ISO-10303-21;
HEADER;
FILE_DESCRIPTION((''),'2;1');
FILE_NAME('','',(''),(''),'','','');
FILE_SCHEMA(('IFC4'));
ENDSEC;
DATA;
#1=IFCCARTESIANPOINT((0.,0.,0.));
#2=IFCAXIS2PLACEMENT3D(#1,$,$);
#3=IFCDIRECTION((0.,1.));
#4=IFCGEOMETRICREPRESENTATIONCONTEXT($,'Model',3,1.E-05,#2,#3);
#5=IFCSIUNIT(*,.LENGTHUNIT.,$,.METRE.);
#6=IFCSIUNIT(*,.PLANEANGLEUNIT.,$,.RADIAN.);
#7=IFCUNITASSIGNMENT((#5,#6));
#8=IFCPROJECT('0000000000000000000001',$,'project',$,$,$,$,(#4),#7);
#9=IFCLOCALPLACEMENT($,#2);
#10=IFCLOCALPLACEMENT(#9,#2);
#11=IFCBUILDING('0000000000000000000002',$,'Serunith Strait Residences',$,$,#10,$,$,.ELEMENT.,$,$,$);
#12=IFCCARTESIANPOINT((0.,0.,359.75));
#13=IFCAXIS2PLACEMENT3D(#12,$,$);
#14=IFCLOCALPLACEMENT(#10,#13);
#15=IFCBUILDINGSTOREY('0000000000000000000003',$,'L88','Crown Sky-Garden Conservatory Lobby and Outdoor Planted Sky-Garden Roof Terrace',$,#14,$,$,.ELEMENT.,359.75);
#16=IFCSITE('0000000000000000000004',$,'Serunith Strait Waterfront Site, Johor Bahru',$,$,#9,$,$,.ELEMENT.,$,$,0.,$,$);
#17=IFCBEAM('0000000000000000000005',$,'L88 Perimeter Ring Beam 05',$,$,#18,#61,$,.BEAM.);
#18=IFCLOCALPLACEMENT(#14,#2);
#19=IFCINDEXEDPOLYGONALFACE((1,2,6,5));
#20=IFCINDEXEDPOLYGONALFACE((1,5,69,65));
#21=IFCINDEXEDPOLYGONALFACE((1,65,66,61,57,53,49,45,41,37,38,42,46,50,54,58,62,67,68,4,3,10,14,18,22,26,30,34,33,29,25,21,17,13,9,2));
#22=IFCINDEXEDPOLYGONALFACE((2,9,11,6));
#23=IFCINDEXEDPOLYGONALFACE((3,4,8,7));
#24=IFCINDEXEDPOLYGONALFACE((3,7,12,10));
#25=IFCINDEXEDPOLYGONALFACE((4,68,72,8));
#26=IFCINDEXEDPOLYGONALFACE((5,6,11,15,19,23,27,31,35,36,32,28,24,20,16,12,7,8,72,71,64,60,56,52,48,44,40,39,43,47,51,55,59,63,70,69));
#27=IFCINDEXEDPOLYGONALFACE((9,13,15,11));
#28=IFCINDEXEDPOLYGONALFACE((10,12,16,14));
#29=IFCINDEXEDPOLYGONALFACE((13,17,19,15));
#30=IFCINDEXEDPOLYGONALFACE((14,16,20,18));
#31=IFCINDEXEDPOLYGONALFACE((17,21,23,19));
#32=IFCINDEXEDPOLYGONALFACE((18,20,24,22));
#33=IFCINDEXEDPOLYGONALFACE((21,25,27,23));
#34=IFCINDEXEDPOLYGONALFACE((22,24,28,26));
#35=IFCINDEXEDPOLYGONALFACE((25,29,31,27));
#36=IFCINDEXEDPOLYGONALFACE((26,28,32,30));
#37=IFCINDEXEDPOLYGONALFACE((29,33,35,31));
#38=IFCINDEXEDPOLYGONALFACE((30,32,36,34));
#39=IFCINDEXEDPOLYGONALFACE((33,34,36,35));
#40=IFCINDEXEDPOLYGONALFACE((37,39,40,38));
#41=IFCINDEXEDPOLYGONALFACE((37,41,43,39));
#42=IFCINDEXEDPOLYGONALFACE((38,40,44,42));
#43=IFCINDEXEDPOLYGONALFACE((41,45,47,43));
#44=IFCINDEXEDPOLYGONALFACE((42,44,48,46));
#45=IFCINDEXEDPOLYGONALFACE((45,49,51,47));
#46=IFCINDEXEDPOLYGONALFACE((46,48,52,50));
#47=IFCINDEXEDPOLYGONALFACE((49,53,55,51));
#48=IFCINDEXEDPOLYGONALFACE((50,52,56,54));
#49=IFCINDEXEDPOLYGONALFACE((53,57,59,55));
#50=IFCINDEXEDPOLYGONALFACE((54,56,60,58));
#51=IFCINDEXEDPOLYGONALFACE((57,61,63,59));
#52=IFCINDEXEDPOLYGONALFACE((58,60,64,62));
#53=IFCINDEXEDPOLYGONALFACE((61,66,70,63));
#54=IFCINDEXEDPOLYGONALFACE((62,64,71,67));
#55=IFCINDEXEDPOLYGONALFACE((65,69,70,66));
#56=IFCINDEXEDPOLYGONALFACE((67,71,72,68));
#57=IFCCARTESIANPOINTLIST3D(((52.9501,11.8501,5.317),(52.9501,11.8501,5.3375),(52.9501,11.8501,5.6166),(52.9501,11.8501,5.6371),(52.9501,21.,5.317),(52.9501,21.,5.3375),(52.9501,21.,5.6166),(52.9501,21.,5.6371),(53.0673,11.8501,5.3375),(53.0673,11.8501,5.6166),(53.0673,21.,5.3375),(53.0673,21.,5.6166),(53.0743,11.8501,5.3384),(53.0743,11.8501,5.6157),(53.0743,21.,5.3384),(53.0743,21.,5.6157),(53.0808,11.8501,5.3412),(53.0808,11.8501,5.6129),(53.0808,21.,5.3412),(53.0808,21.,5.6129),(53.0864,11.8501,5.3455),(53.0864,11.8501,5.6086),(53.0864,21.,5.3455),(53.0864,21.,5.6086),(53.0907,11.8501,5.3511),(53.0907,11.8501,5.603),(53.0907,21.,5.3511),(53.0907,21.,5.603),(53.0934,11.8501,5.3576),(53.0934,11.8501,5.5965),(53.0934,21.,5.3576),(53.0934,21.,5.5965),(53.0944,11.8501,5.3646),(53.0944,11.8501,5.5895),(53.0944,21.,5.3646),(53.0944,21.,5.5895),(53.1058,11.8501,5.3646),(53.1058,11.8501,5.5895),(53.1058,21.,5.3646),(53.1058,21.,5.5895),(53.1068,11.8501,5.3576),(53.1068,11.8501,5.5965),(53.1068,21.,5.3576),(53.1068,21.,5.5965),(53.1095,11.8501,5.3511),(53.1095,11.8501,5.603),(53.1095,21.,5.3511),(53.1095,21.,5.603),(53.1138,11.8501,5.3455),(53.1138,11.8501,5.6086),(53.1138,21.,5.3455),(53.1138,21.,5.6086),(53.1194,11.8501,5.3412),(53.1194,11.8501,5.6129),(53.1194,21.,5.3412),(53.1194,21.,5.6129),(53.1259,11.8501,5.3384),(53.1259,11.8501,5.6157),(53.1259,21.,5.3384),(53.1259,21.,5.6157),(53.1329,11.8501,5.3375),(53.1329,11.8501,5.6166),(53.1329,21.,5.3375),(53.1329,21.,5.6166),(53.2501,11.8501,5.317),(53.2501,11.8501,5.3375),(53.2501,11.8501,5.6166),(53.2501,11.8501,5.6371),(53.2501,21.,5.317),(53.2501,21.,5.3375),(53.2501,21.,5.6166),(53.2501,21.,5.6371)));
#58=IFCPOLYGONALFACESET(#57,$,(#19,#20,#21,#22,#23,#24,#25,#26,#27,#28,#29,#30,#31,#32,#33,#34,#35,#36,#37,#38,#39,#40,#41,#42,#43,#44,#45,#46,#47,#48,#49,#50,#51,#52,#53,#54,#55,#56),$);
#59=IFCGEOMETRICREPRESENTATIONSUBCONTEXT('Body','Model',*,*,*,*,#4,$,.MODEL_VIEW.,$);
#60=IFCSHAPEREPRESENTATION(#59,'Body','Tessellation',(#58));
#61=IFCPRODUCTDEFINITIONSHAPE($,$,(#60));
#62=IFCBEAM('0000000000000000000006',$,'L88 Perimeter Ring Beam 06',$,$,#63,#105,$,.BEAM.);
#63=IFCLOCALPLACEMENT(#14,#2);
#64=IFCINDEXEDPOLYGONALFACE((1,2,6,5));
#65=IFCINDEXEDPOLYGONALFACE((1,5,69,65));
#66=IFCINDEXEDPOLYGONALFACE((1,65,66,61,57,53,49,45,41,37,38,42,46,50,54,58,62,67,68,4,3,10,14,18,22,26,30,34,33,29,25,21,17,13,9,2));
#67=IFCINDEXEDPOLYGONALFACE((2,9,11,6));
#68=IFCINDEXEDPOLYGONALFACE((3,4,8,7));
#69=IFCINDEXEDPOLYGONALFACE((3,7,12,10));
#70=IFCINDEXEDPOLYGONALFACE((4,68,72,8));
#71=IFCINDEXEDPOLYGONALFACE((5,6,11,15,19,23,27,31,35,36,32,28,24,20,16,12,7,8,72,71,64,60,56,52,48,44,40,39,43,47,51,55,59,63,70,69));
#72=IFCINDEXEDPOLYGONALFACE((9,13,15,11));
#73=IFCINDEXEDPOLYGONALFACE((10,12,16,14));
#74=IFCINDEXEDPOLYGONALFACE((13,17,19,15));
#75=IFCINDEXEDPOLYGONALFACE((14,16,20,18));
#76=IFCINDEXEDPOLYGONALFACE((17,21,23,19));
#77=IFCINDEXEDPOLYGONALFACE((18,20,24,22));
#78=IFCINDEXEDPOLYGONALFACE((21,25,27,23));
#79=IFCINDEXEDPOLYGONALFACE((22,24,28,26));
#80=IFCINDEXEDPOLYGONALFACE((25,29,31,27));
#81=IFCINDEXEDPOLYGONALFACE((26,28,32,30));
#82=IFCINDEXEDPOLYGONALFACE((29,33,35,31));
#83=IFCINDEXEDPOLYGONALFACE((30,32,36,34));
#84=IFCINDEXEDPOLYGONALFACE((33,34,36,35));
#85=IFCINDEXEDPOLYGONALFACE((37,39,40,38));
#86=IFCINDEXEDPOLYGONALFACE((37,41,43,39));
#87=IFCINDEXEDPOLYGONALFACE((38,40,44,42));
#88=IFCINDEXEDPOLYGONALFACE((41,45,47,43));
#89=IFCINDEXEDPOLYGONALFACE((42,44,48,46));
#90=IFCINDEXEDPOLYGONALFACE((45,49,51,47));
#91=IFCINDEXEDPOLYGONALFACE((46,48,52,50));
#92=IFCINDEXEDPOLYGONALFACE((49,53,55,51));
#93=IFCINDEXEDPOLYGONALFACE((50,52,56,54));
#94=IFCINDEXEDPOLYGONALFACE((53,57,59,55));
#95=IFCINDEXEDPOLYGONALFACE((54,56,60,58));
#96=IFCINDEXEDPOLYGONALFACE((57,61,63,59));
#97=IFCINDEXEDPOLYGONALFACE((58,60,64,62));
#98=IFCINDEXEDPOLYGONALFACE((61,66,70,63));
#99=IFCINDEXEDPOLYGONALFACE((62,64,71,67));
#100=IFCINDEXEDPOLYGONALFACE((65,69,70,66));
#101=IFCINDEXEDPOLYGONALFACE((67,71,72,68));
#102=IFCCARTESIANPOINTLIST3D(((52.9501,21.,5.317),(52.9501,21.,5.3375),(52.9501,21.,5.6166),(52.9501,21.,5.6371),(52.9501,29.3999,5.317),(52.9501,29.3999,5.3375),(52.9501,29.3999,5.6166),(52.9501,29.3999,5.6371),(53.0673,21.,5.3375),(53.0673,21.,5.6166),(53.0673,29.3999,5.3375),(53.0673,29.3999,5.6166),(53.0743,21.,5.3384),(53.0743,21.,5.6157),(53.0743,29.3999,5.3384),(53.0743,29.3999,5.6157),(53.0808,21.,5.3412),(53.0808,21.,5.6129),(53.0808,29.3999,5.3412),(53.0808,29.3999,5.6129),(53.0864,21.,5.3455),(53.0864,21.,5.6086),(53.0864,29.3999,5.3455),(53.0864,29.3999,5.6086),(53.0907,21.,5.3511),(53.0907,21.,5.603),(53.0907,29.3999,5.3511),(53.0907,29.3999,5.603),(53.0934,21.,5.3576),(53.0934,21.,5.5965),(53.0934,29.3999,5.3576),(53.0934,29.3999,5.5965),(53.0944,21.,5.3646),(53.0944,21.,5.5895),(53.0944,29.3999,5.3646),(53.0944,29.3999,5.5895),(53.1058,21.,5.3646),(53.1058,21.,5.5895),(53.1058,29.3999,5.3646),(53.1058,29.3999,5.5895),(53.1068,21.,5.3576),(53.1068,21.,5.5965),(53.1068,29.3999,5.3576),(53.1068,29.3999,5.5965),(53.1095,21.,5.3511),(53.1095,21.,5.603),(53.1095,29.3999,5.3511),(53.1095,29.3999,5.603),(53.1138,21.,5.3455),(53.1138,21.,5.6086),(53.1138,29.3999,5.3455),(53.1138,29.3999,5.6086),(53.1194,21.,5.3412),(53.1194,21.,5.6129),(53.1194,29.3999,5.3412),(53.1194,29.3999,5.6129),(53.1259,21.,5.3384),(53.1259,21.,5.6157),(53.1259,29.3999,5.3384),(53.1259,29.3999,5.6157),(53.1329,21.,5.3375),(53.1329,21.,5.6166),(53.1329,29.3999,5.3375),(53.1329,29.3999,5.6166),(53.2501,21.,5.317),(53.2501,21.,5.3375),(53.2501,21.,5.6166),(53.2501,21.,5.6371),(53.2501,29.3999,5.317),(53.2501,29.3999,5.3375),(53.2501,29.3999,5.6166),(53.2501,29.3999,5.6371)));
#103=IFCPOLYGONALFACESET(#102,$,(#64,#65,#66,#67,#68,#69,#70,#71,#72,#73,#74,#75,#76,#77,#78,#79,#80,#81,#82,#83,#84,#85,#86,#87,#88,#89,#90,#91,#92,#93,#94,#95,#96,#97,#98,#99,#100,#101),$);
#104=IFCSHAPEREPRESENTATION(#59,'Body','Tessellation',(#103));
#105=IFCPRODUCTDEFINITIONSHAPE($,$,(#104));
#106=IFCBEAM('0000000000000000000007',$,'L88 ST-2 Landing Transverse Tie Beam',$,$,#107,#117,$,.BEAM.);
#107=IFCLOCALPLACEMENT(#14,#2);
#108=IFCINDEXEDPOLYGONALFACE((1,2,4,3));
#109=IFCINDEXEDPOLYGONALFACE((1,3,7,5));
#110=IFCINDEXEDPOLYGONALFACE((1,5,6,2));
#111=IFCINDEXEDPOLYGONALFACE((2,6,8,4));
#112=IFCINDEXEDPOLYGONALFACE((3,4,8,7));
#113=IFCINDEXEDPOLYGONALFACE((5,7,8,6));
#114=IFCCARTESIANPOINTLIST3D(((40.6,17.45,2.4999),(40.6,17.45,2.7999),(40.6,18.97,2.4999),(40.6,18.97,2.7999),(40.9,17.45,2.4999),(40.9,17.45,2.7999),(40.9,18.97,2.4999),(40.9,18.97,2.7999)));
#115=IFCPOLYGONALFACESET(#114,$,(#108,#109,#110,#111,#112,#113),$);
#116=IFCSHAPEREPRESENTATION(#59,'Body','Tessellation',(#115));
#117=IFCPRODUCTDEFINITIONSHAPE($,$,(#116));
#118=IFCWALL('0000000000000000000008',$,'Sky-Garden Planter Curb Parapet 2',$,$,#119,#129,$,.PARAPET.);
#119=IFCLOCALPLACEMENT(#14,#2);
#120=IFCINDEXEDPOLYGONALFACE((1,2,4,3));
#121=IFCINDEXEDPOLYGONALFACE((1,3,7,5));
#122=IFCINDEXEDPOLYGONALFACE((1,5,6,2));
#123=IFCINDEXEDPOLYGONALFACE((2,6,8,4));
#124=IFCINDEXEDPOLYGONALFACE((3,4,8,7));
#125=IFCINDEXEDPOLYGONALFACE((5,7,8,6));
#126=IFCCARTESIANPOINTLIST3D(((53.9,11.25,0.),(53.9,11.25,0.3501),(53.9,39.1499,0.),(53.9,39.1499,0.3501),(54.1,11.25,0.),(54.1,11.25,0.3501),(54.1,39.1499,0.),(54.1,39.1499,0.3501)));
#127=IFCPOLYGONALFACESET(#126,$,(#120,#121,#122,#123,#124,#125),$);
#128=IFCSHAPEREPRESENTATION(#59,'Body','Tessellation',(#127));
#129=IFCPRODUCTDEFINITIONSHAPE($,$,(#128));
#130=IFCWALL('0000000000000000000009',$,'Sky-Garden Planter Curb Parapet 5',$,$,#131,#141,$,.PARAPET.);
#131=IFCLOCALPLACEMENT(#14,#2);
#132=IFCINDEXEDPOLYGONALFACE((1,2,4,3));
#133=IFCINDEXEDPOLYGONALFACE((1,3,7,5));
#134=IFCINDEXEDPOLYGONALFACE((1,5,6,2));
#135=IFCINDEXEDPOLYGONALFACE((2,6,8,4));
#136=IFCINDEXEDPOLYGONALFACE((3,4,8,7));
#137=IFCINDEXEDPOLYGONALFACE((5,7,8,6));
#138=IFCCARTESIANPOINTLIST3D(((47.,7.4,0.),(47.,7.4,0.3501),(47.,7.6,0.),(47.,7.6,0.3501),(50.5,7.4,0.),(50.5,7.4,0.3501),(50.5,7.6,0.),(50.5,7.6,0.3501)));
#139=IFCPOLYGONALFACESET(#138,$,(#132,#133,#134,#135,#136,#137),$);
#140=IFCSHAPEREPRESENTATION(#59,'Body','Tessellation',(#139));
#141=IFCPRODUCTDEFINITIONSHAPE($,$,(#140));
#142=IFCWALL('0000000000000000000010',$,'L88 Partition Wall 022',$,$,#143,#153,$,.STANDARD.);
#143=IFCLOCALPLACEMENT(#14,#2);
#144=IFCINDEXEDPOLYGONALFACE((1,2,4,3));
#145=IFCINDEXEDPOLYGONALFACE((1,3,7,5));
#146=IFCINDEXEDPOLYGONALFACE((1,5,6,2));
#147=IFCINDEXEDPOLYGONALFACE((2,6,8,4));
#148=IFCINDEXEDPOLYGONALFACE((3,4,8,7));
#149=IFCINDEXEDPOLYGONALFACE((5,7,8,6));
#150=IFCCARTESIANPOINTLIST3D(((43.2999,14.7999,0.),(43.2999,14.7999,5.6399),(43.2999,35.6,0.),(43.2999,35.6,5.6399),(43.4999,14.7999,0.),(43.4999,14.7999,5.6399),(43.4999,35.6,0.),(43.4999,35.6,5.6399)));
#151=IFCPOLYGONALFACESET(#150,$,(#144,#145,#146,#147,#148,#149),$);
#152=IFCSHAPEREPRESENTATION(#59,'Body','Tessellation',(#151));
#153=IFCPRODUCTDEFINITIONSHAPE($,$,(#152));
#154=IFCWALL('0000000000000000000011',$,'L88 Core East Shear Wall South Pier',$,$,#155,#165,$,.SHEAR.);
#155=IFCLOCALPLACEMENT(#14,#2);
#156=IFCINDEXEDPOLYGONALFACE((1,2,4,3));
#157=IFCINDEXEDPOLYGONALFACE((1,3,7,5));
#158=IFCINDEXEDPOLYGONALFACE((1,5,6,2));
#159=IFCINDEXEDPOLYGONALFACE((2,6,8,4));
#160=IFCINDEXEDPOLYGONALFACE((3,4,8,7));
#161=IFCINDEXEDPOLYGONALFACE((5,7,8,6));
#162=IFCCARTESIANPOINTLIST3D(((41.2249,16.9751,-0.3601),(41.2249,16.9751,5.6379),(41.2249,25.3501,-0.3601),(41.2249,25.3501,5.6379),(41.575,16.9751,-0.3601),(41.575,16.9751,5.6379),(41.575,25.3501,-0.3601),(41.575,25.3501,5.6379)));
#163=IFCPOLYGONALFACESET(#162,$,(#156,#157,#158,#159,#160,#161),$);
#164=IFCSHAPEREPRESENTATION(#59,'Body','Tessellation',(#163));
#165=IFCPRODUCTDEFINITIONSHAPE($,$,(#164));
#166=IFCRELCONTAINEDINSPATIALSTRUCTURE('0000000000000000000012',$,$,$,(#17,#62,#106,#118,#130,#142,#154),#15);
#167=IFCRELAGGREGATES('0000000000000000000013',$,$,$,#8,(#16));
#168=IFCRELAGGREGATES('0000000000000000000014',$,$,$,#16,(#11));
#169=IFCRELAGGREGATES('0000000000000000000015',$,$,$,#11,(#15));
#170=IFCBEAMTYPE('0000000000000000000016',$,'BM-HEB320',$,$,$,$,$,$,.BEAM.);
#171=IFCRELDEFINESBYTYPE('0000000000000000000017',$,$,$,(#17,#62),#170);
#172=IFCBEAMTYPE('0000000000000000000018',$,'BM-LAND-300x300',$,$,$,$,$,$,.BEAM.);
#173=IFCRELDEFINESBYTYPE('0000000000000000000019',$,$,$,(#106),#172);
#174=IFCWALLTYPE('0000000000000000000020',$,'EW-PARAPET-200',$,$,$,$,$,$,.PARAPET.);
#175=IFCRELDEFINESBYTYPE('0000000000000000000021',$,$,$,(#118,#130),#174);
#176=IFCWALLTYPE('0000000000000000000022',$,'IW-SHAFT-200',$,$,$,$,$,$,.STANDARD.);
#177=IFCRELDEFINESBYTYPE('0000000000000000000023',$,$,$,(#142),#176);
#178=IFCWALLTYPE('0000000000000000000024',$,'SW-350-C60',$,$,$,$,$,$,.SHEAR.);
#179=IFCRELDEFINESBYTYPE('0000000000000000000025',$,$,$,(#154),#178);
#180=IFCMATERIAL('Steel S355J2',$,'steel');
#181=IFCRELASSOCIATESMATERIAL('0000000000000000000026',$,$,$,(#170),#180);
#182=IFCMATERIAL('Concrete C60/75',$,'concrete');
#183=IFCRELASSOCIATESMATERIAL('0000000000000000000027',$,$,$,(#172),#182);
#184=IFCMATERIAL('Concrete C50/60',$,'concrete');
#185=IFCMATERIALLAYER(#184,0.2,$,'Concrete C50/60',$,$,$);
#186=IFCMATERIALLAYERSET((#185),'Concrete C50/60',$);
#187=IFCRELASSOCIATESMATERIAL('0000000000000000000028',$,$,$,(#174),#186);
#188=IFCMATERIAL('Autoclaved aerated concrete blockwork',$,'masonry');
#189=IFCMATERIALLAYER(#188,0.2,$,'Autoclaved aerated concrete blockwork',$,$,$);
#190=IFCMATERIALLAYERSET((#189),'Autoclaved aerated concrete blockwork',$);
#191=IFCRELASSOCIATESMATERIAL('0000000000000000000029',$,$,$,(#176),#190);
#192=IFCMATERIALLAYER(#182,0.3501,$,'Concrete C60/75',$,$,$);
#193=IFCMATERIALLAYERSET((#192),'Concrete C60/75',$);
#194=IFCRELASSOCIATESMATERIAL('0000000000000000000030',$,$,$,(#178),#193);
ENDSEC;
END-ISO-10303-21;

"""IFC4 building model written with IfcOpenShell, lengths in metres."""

from ifc_helpers import new_model, si_unit, direction, frame, frame_2d, origin, origin_2d, place, context, subcontext, project, spatial, rectangle, i_section, extrude, source, transform, mapped, material, layer, layer_set, material_profile, profile_set, type_object, element, save


model = new_model("IFC4")

# Units and contexts
model_context = context("Model", 3, precision=1e-05, world=origin(), true_north=direction((0.0, 1.0)))
body_context = subcontext(model_context, "Body", "Model", "MODEL_VIEW")
ifc_project = project(units=[si_unit("LENGTHUNIT", "METRE"), si_unit("PLANEANGLEUNIT", "RADIAN")], contexts=[model_context])

# Site, building, storey
site_placement = place(None, origin())
site = spatial("IfcSite", under=ifc_project, at=site_placement, Name="Serunith Strait Waterfront Site, Johor Bahru", CompositionType="ELEMENT", RefElevation=0.0)
building_placement = place(site_placement, origin())
building = spatial("IfcBuilding", under=site, at=building_placement, Name="Serunith Strait Residences", CompositionType="ELEMENT")
storey_placement = place(building_placement, frame((0.0, 0.0, 359.75)))
storey = spatial("IfcBuildingStorey", under=building, at=storey_placement, Name="L88", Description="Crown Sky-Garden Conservatory Lobby and Outdoor Planted Sky-Garden Roof Terrace", CompositionType="ELEMENT", Elevation=359.75)

# Shared definitions
ifc_material_1 = material(Name="Concrete C60/75", Category="concrete")

# Beams
ifc_material_2 = material(Name="Steel S355J2", Category="steel")
ifc_material_profile_1 = material_profile(ifc_material_2, i_section(OverallWidth=0.3, OverallDepth=0.3201, WebThickness=0.0115, FlangeThickness=0.0205, FilletRadius=0.0271, at=origin_2d()), Name="HEB 320")
ifc_profile_set_1 = profile_set([ifc_material_profile_1], Name="Steel S355J2")
beam_type_1 = type_object("IfcBeamType", Name="BM-HEB320", PredefinedType="BEAM", material=ifc_profile_set_1)
shared_shape_1 = source(origin(), body_context, "Body", "SweptSolid", [
    extrude(i_section(OverallWidth=0.3, OverallDepth=0.3201, WebThickness=0.0115, FlangeThickness=0.0205, FilletRadius=0.0271, at=origin_2d()), origin(), (0.0, 0.0, 1.0), 9.1499),
])
beam_1_placement = place(storey_placement, frame((53.1001, 11.8501, 5.4771), z_axis=(0.0, 1.0, 0.0), x_axis=(-1.0, 0.0, 0.0)))
element("IfcBeam", 1, at=beam_1_placement, inside=storey, type_object=beam_type_1, Name="L88 Perimeter Ring Beam 05", PredefinedType="BEAM", context=body_context, shape_type="MappedRepresentation", body=[
    mapped(shared_shape_1, transform((0.0, 0.0, 0.0), scale=1.0)),
])
shared_shape_2 = source(origin(), body_context, "Body", "SweptSolid", [
    extrude(i_section(OverallWidth=0.3, OverallDepth=0.3201, WebThickness=0.0115, FlangeThickness=0.0205, FilletRadius=0.0271, at=origin_2d()), origin(), (0.0, 0.0, 1.0), 8.3999),
])
beam_2_placement = place(storey_placement, frame((53.1001, 21.0, 5.4771), z_axis=(0.0, 1.0, 0.0), x_axis=(-1.0, 0.0, 0.0)))
element("IfcBeam", 2, at=beam_2_placement, inside=storey, type_object=beam_type_1, Name="L88 Perimeter Ring Beam 06", PredefinedType="BEAM", context=body_context, shape_type="MappedRepresentation", body=[
    mapped(shared_shape_2, transform((0.0, 0.0, 0.0), scale=1.0)),
])
ifc_material_profile_2 = material_profile(ifc_material_1, rectangle(XDim=0.3, YDim=0.3, at=origin_2d()), Name="RC 300x300")
ifc_profile_set_2 = profile_set([ifc_material_profile_2], Name="Concrete C60/75")
beam_type_2 = type_object("IfcBeamType", Name="BM-LAND-300x300", PredefinedType="BEAM", material=ifc_profile_set_2)
shared_shape_3 = source(origin(), body_context, "Body", "SweptSolid", [
    extrude(rectangle(XDim=0.3, YDim=0.3, at=origin_2d()), origin(), (0.0, 0.0, 1.0), 1.52),
])
beam_3_placement = place(storey_placement, frame((40.75, 17.45, 2.6499), z_axis=(0.0, 1.0, 0.0), x_axis=(-1.0, 0.0, 0.0)))
element("IfcBeam", 3, at=beam_3_placement, inside=storey, type_object=beam_type_2, Name="L88 ST-2 Landing Transverse Tie Beam", PredefinedType="BEAM", context=body_context, shape_type="MappedRepresentation", body=[
    mapped(shared_shape_3, transform((0.0, 0.0, 0.0), scale=1.0)),
])

# Walls
ifc_material_3 = material(Name="Concrete C50/60", Category="concrete")
ifc_layer_1 = layer(ifc_material_3, 0.2, Name="Concrete C50/60")
ifc_layer_set_1 = layer_set([ifc_layer_1], Name="Concrete C50/60")
wall_type_1 = type_object("IfcWallType", Name="EW-PARAPET-200", PredefinedType="PARAPET", material=ifc_layer_set_1)
wall_1_placement = place(storey_placement, frame((54.0, 11.25, 0.0), z_axis=(0.0, 0.0, 1.0), x_axis=(0.0, 1.0, 0.0)))
element("IfcWall", 4, at=wall_1_placement, inside=storey, type_object=wall_type_1, Name="Sky-Garden Planter Curb Parapet 2", PredefinedType="PARAPET", context=body_context, shape_type="SweptSolid", body=[
    extrude(rectangle(XDim=27.8999, YDim=0.2, at=frame_2d((13.95, 0.0))), origin(), (0.0, 0.0, 1.0), 0.3501),
])
wall_2_placement = place(storey_placement, frame((47.0, 7.5, 0.0), z_axis=(0.0, 0.0, 1.0), x_axis=(1.0, 0.0, 0.0)))
element("IfcWall", 5, at=wall_2_placement, inside=storey, type_object=wall_type_1, Name="Sky-Garden Planter Curb Parapet 5", PredefinedType="PARAPET", context=body_context, shape_type="SweptSolid", body=[
    extrude(rectangle(XDim=3.5, YDim=0.2, at=frame_2d((1.75, 0.0))), origin(), (0.0, 0.0, 1.0), 0.3501),
])
ifc_material_4 = material(Name="Autoclaved aerated concrete blockwork", Category="masonry")
ifc_layer_2 = layer(ifc_material_4, 0.2, Name="Autoclaved aerated concrete blockwork")
ifc_layer_set_2 = layer_set([ifc_layer_2], Name="Autoclaved aerated concrete blockwork")
wall_type_2 = type_object("IfcWallType", Name="IW-SHAFT-200", PredefinedType="STANDARD", material=ifc_layer_set_2)
wall_3_placement = place(storey_placement, frame((43.3999, 14.8, 0.0), z_axis=(0.0, 0.0, 1.0), x_axis=(0.0, 1.0, 0.0)))
element("IfcWall", 6, at=wall_3_placement, inside=storey, type_object=wall_type_2, Name="L88 Partition Wall 022", PredefinedType="STANDARD", context=body_context, shape_type="SweptSolid", body=[
    extrude(rectangle(XDim=20.8, YDim=0.2, at=frame_2d((10.3999, 0.0))), origin(), (0.0, 0.0, 1.0), 5.6399),
])
ifc_layer_3 = layer(ifc_material_1, 0.3501, Name="Concrete C60/75")
ifc_layer_set_3 = layer_set([ifc_layer_3], Name="Concrete C60/75")
wall_type_3 = type_object("IfcWallType", Name="SW-350-C60", PredefinedType="SHEAR", material=ifc_layer_set_3)
wall_4_placement = place(storey_placement, frame((41.3999, 16.9751, -0.3601), z_axis=(0.0, 0.0, 1.0), x_axis=(0.0, 1.0, 0.0)))
element("IfcWall", 7, at=wall_4_placement, inside=storey, type_object=wall_type_3, Name="L88 Core East Shear Wall South Pier", PredefinedType="SHEAR", context=body_context, shape_type="SweptSolid", body=[
    extrude(rectangle(XDim=8.375, YDim=0.3501, at=frame_2d((4.1875, 0.0))), origin(), (0.0, 0.0, 1.0), 5.998),
])

save(model, "model.ifc")
